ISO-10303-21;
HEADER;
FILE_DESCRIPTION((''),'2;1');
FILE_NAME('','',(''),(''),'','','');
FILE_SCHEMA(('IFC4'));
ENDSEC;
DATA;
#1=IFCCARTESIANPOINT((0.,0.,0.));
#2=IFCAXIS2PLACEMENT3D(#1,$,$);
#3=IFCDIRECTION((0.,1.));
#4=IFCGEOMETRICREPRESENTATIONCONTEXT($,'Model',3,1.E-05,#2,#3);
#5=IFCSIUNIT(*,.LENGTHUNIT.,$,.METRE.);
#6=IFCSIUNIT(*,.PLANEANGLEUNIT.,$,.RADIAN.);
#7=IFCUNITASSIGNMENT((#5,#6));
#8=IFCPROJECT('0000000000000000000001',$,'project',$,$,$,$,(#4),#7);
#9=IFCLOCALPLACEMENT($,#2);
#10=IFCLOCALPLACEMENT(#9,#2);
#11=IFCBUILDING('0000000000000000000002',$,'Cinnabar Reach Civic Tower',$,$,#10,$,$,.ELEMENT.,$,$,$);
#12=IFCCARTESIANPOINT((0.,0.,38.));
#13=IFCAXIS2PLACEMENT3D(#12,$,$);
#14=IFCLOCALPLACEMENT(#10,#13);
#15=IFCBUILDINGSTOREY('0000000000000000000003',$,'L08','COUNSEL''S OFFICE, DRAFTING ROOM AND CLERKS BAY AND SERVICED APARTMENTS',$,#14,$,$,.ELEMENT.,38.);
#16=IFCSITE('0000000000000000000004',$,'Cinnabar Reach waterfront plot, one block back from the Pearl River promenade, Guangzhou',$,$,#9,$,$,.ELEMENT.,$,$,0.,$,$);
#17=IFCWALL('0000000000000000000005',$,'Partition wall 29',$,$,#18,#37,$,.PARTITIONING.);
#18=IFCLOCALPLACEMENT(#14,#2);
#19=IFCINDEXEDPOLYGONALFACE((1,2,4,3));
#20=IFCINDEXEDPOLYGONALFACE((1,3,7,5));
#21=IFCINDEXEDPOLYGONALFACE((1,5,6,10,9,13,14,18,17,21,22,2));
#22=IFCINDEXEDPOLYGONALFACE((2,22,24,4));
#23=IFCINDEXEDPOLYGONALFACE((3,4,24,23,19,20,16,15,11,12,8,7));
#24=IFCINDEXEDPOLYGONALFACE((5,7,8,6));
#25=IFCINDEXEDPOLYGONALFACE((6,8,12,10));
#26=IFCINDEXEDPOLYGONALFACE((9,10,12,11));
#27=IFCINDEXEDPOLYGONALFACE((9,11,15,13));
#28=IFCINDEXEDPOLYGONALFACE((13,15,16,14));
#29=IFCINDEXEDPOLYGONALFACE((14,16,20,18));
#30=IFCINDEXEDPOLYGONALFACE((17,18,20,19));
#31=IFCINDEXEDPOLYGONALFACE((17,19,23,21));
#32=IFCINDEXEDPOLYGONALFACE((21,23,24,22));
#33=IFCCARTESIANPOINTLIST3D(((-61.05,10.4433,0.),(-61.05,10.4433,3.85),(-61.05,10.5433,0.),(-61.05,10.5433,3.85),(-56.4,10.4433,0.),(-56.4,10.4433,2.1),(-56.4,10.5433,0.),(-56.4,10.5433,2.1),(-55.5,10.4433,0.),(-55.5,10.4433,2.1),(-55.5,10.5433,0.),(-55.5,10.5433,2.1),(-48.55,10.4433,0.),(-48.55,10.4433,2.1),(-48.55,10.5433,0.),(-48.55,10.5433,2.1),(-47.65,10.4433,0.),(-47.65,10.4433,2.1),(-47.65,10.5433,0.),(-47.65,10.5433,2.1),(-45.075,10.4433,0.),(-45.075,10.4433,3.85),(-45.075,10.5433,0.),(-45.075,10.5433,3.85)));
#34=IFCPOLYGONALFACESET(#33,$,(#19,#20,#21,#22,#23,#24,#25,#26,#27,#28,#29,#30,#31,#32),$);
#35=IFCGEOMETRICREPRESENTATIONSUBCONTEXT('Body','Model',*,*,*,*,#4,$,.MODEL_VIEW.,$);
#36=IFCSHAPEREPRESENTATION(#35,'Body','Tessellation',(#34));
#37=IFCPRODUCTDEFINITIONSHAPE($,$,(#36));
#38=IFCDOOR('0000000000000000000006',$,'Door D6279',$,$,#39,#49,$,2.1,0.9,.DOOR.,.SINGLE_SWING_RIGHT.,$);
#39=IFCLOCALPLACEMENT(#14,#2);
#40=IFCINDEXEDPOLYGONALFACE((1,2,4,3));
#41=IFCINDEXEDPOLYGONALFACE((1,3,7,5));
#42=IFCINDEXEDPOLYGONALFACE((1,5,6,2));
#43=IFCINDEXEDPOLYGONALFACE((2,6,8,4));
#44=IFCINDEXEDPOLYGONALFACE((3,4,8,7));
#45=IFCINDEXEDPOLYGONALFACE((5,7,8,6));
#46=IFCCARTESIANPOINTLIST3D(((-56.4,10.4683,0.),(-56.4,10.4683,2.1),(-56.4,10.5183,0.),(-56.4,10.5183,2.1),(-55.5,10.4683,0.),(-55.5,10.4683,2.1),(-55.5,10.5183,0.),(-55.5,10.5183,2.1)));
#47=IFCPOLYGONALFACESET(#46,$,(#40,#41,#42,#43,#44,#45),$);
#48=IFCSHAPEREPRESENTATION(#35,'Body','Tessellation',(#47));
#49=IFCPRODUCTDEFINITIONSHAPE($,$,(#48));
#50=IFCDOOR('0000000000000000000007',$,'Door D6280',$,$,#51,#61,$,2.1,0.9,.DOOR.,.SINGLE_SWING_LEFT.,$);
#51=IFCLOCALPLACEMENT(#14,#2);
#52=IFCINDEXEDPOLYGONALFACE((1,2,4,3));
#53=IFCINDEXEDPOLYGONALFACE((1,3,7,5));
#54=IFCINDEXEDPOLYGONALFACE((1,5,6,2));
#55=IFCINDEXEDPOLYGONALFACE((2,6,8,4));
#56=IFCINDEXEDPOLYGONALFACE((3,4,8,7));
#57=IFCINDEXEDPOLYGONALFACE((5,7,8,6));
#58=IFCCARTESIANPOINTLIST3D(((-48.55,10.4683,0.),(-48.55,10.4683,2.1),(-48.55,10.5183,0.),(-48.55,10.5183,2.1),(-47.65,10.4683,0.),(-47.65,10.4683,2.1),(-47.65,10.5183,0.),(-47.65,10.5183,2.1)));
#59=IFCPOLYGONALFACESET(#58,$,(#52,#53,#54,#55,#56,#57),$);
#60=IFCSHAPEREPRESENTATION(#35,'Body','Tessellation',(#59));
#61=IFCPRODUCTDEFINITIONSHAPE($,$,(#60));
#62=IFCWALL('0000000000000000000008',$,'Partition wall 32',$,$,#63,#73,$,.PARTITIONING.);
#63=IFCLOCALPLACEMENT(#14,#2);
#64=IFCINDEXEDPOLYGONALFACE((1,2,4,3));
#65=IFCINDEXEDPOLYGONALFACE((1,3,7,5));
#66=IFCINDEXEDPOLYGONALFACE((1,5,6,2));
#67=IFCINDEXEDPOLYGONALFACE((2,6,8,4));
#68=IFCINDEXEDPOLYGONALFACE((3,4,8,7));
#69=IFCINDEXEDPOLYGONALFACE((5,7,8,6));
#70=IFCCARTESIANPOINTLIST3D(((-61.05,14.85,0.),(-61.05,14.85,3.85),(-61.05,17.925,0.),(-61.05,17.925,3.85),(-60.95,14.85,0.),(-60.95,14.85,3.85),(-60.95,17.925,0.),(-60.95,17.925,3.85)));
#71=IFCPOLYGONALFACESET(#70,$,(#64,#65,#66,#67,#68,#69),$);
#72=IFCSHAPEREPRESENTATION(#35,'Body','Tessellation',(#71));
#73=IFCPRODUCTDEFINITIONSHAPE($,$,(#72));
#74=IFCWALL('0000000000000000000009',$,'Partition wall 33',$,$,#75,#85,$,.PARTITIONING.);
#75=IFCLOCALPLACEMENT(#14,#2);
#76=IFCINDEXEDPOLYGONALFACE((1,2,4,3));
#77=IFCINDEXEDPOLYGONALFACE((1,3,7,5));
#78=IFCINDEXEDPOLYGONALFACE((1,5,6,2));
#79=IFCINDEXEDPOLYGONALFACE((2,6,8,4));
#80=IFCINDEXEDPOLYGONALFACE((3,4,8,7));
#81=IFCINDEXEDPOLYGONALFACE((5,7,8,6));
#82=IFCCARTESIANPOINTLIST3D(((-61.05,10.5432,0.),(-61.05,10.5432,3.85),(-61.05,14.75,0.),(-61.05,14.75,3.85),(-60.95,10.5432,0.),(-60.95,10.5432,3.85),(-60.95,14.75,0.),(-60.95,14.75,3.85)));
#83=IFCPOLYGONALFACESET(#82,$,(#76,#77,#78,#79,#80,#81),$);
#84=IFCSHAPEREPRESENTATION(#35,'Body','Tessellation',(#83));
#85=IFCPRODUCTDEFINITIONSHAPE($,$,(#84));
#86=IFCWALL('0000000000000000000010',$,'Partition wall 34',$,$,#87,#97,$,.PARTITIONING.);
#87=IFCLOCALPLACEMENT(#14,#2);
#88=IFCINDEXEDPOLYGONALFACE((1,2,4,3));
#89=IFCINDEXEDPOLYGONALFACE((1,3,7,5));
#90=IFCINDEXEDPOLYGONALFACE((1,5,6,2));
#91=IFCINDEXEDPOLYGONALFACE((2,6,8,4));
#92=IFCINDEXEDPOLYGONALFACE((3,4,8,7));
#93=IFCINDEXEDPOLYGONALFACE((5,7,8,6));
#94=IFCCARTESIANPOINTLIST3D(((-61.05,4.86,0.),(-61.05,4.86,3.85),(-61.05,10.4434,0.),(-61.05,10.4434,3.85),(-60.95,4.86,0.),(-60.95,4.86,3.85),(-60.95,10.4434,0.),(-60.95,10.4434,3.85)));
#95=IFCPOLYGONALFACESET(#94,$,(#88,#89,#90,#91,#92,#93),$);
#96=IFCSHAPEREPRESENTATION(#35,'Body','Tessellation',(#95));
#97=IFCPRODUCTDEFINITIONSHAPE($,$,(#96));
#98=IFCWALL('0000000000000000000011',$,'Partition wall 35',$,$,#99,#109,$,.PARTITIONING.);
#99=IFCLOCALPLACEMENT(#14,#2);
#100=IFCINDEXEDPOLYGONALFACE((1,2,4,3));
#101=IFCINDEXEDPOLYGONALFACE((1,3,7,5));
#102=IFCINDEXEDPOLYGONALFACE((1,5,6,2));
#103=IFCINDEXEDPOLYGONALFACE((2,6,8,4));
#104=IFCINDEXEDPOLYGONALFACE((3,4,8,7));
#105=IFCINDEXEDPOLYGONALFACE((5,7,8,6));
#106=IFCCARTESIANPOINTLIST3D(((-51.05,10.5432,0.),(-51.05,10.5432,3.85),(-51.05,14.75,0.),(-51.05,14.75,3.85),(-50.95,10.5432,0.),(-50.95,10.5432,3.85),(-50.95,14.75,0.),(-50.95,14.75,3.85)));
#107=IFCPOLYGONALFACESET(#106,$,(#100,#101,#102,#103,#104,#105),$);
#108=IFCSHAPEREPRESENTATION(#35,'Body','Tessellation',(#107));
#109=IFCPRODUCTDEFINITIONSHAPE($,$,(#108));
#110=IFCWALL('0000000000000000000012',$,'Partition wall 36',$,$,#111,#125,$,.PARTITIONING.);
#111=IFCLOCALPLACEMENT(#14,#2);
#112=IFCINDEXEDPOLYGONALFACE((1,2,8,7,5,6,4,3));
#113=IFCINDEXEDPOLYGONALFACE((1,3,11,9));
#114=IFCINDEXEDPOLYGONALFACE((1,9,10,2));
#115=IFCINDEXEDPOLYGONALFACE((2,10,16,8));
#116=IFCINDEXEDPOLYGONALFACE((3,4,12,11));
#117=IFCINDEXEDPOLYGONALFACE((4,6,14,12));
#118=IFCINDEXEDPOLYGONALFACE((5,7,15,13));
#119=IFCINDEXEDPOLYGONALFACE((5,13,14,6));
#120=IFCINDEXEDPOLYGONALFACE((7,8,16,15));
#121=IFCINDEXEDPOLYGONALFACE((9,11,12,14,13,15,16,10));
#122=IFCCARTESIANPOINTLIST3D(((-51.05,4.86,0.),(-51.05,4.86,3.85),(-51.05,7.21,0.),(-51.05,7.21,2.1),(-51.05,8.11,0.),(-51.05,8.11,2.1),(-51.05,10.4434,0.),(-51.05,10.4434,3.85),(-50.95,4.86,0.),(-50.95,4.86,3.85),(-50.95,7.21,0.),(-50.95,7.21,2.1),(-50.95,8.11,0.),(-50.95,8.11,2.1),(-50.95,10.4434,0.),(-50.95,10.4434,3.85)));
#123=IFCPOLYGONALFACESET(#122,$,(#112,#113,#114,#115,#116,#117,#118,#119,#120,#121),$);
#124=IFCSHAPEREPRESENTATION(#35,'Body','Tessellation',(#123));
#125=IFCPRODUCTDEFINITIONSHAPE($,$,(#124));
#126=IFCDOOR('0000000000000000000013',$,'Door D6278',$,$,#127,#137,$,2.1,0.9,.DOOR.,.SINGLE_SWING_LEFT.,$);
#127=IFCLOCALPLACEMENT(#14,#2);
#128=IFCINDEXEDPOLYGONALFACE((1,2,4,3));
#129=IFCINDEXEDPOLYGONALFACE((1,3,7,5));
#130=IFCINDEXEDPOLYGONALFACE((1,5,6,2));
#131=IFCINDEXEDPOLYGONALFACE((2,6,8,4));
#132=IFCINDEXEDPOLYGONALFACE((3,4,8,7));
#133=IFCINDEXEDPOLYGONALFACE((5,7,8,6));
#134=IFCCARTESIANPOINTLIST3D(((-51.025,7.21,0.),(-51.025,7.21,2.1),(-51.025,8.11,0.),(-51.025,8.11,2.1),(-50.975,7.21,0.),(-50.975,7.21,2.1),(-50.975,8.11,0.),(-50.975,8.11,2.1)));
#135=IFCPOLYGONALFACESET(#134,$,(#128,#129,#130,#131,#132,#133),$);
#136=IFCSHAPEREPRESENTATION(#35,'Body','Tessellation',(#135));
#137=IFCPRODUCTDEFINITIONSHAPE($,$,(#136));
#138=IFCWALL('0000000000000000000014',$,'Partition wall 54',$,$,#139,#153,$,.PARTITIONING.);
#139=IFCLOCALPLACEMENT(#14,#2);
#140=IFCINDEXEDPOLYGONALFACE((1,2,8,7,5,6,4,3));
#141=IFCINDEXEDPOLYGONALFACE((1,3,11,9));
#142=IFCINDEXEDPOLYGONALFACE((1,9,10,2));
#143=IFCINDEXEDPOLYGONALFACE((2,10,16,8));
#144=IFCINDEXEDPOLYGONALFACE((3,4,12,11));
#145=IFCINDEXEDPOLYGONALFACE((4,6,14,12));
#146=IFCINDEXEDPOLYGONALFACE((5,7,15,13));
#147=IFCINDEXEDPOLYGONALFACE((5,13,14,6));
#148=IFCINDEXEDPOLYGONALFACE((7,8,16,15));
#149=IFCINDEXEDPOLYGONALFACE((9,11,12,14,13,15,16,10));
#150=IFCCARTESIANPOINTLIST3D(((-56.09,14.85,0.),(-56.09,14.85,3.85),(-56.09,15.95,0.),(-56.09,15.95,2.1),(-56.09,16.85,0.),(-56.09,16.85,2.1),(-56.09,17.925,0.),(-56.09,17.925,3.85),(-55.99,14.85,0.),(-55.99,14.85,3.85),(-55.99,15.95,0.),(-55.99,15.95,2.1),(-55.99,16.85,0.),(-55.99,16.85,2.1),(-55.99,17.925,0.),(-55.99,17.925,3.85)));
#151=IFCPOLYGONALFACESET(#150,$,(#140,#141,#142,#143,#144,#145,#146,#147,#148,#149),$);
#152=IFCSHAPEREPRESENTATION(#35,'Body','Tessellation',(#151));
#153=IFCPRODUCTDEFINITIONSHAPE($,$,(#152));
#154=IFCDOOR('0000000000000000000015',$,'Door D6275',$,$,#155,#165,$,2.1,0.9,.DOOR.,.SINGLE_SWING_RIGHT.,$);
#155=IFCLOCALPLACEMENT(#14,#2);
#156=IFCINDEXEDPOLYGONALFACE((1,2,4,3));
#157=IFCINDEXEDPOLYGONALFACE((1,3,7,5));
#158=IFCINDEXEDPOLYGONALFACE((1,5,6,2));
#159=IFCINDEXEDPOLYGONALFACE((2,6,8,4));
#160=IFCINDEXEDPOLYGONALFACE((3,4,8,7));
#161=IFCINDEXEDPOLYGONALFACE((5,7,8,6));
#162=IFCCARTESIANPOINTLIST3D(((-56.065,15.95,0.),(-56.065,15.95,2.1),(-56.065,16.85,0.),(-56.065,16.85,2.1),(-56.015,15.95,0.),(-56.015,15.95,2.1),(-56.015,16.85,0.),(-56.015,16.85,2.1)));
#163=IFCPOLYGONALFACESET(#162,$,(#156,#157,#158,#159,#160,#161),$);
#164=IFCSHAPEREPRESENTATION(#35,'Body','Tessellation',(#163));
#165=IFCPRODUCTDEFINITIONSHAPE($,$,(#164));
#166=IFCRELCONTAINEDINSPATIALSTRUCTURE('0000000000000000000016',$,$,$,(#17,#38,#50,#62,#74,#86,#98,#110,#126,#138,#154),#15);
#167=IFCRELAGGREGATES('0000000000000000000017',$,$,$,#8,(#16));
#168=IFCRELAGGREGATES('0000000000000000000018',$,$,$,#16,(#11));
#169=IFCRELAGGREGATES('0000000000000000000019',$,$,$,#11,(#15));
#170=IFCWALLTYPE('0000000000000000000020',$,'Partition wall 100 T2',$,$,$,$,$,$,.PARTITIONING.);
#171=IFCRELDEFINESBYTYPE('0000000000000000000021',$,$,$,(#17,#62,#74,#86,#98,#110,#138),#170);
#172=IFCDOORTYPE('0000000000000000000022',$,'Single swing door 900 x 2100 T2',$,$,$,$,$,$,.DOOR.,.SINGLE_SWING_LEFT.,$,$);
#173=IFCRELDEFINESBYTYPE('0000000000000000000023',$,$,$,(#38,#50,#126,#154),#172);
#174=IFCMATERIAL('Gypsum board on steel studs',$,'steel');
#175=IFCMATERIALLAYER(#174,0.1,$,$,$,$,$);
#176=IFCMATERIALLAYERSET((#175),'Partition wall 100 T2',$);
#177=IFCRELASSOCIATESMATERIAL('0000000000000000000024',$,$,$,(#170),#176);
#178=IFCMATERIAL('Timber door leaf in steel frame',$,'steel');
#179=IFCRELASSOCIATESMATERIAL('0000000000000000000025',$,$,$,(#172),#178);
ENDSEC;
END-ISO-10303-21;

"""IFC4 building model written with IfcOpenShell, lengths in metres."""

from ifc_helpers import new_model, si_unit, direction, frame, frame_2d, origin, place, context, subcontext, project, spatial, rectangle, extrude, material, layer, layer_set, type_object, element, fill, save


model = new_model("IFC4")

# Units and contexts
model_context = context("Model", 3, precision=1e-05, world=origin(), true_north=direction((0.0, 1.0)))
body_context = subcontext(model_context, "Body", "Model", "MODEL_VIEW")
ifc_project = project(units=[si_unit("LENGTHUNIT", "METRE"), si_unit("PLANEANGLEUNIT", "RADIAN")], contexts=[model_context])

# Site, building, storey
site_placement = place(None, origin())
site = spatial("IfcSite", under=ifc_project, at=site_placement, Name="Cinnabar Reach waterfront plot, one block back from the Pearl River promenade, Guangzhou", CompositionType="ELEMENT", RefElevation=0.0)
building_placement = place(site_placement, origin())
building = spatial("IfcBuilding", under=site, at=building_placement, Name="Cinnabar Reach Civic Tower", CompositionType="ELEMENT")
storey_placement = place(building_placement, frame((0.0, 0.0, 38.0)))
storey = spatial("IfcBuildingStorey", under=building, at=storey_placement, Name="L08", Description="COUNSEL'S OFFICE, DRAFTING ROOM AND CLERKS BAY AND SERVICED APARTMENTS", CompositionType="ELEMENT", Elevation=38.0)

# Shared definitions
ifc_material_1 = material(Name="Gypsum board on steel studs", Category="steel")
ifc_layer_1 = layer(ifc_material_1, 0.1)
ifc_layer_set_1 = layer_set([ifc_layer_1], Name="Partition wall 100 T2")
wall_type_1 = type_object("IfcWallType", Name="Partition wall 100 T2", PredefinedType="PARTITIONING", material=ifc_layer_set_1)
ifc_material_2 = material(Name="Timber door leaf in steel frame", Category="steel")
door_type = type_object("IfcDoorType", Name="Single swing door 900 x 2100 T2", OperationType="SINGLE_SWING_LEFT", PredefinedType="DOOR", material=ifc_material_2)

# Wall, openings, doors
wall_1_placement = place(storey_placement, frame((-61.05, 10.4933, 0.0), z_axis=(0.0, 0.0, 1.0), x_axis=(1.0, 0.0, 0.0)))
wall_1 = element("IfcWall", 1, at=wall_1_placement, inside=storey, type_object=wall_type_1, Name="Partition wall 29", PredefinedType="PARTITIONING", context=body_context, shape_type="SweptSolid", body=[
    extrude(rectangle(XDim=15.975, YDim=0.1, at=frame_2d((7.9875, 0.0))), origin(), (0.0, 0.0, 1.0), 3.85),
])
opening_1_placement = place(wall_1_placement, frame((4.65, 0.0, 0.0)))
opening_1 = element("IfcOpeningElement", 2, at=opening_1_placement, cuts=wall_1, PredefinedType="OPENING", context=body_context, shape_type="SweptSolid", body=[
    extrude(rectangle(XDim=0.9, YDim=2.1, at=frame_2d((0.45, 1.05))), frame((0.0, 0.06, 0.0), z_axis=(0.0, -1.0, 0.0), x_axis=(1.0, 0.0, 0.0)), (0.0, 0.0, 1.0), 0.12),
])
opening_2_placement = place(wall_1_placement, frame((12.5, 0.0, 0.0)))
opening_2 = element("IfcOpeningElement", 3, at=opening_2_placement, cuts=wall_1, PredefinedType="OPENING", context=body_context, shape_type="SweptSolid", body=[
    extrude(rectangle(XDim=0.9, YDim=2.1, at=frame_2d((0.45, 1.05))), frame((0.0, 0.06, 0.0), z_axis=(0.0, -1.0, 0.0), x_axis=(1.0, 0.0, 0.0)), (0.0, 0.0, 1.0), 0.12),
])
door_1_placement = place(opening_1_placement, origin())
door_1 = element("IfcDoor", 4, at=door_1_placement, inside=storey, type_object=door_type, Name="Door D6279", OperationType="SINGLE_SWING_RIGHT", OverallHeight=2.1, OverallWidth=0.9, PredefinedType="DOOR", context=body_context, shape_type="SweptSolid", body=[
    extrude(rectangle(XDim=0.9, YDim=2.1, at=frame_2d((0.45, 1.05))), frame((0.0, 0.025, 0.0), z_axis=(0.0, -1.0, 0.0), x_axis=(1.0, 0.0, 0.0)), (0.0, 0.0, 1.0), 0.05),
])
fill(opening_1, door_1)
door_2_placement = place(opening_2_placement, frame((0.9, 0.0, 0.0), z_axis=(0.0, 0.0, 1.0), x_axis=(-1.0, 0.0, 0.0)))
door_2 = element("IfcDoor", 5, at=door_2_placement, inside=storey, type_object=door_type, Name="Door D6280", OperationType="SINGLE_SWING_LEFT", OverallHeight=2.1, OverallWidth=0.9, PredefinedType="DOOR", context=body_context, shape_type="SweptSolid", body=[
    extrude(rectangle(XDim=0.9, YDim=2.1, at=frame_2d((0.45, 1.05))), frame((0.0, 0.025, 0.0), z_axis=(0.0, -1.0, 0.0), x_axis=(1.0, 0.0, 0.0)), (0.0, 0.0, 1.0), 0.05),
])
fill(opening_2, door_2)

# Walls
wall_2_placement = place(storey_placement, frame((-61.0, 14.85, 0.0), z_axis=(0.0, 0.0, 1.0), x_axis=(0.0, 1.0, 0.0)))
element("IfcWall", 6, at=wall_2_placement, inside=storey, type_object=wall_type_1, Name="Partition wall 32", PredefinedType="PARTITIONING", context=body_context, shape_type="SweptSolid", body=[
    extrude(rectangle(XDim=3.075, YDim=0.1, at=frame_2d((1.5375, 0.0))), origin(), (0.0, 0.0, 1.0), 3.85),
])
wall_3_placement = place(storey_placement, frame((-61.0, 10.5433, 0.0), z_axis=(0.0, 0.0, 1.0), x_axis=(0.0, 1.0, 0.0)))
element("IfcWall", 7, at=wall_3_placement, inside=storey, type_object=wall_type_1, Name="Partition wall 33", PredefinedType="PARTITIONING", context=body_context, shape_type="SweptSolid", body=[
    extrude(rectangle(XDim=4.2067, YDim=0.1, at=frame_2d((2.1033, 0.0))), origin(), (0.0, 0.0, 1.0), 3.85),
])
wall_4_placement = place(storey_placement, frame((-61.0, 4.86, 0.0), z_axis=(0.0, 0.0, 1.0), x_axis=(0.0, 1.0, 0.0)))
element("IfcWall", 8, at=wall_4_placement, inside=storey, type_object=wall_type_1, Name="Partition wall 34", PredefinedType="PARTITIONING", context=body_context, shape_type="SweptSolid", body=[
    extrude(rectangle(XDim=5.5833, YDim=0.1, at=frame_2d((2.7917, 0.0))), origin(), (0.0, 0.0, 1.0), 3.85),
])
wall_5_placement = place(storey_placement, frame((-51.0, 10.5433, 0.0), z_axis=(0.0, 0.0, 1.0), x_axis=(0.0, 1.0, 0.0)))
element("IfcWall", 9, at=wall_5_placement, inside=storey, type_object=wall_type_1, Name="Partition wall 35", PredefinedType="PARTITIONING", context=body_context, shape_type="SweptSolid", body=[
    extrude(rectangle(XDim=4.2067, YDim=0.1, at=frame_2d((2.1033, 0.0))), origin(), (0.0, 0.0, 1.0), 3.85),
])

# Walls, openings, doors
wall_6_placement = place(storey_placement, frame((-51.0, 4.86, 0.0), z_axis=(0.0, 0.0, 1.0), x_axis=(0.0, 1.0, 0.0)))
wall_6 = element("IfcWall", 10, at=wall_6_placement, inside=storey, type_object=wall_type_1, Name="Partition wall 36", PredefinedType="PARTITIONING", context=body_context, shape_type="SweptSolid", body=[
    extrude(rectangle(XDim=5.5833, YDim=0.1, at=frame_2d((2.7917, 0.0))), origin(), (0.0, 0.0, 1.0), 3.85),
])
opening_3_placement = place(wall_6_placement, frame((2.35, 0.0, 0.0)))
opening_3 = element("IfcOpeningElement", 11, at=opening_3_placement, cuts=wall_6, PredefinedType="OPENING", context=body_context, shape_type="SweptSolid", body=[
    extrude(rectangle(XDim=0.9, YDim=2.1, at=frame_2d((0.45, 1.05))), frame((0.0, 0.06, 0.0), z_axis=(0.0, -1.0, 0.0), x_axis=(1.0, 0.0, 0.0)), (0.0, 0.0, 1.0), 0.12),
])
door_3_placement = place(opening_3_placement, frame((0.9, 0.0, 0.0), z_axis=(0.0, 0.0, 1.0), x_axis=(-1.0, 0.0, 0.0)))
door_3 = element("IfcDoor", 12, at=door_3_placement, inside=storey, type_object=door_type, Name="Door D6278", OperationType="SINGLE_SWING_LEFT", OverallHeight=2.1, OverallWidth=0.9, PredefinedType="DOOR", context=body_context, shape_type="SweptSolid", body=[
    extrude(rectangle(XDim=0.9, YDim=2.1, at=frame_2d((0.45, 1.05))), frame((0.0, 0.025, 0.0), z_axis=(0.0, -1.0, 0.0), x_axis=(1.0, 0.0, 0.0)), (0.0, 0.0, 1.0), 0.05),
])
fill(opening_3, door_3)
wall_7_placement = place(storey_placement, frame((-56.04, 14.85, 0.0), z_axis=(0.0, 0.0, 1.0), x_axis=(0.0, 1.0, 0.0)))
wall_7 = element("IfcWall", 13, at=wall_7_placement, inside=storey, type_object=wall_type_1, Name="Partition wall 54", PredefinedType="PARTITIONING", context=body_context, shape_type="SweptSolid", body=[
    extrude(rectangle(XDim=3.075, YDim=0.1, at=frame_2d((1.5375, 0.0))), origin(), (0.0, 0.0, 1.0), 3.85),
])
opening_4_placement = place(wall_7_placement, frame((1.1, 0.0, 0.0)))
opening_4 = element("IfcOpeningElement", 14, at=opening_4_placement, cuts=wall_7, PredefinedType="OPENING", context=body_context, shape_type="SweptSolid", body=[
    extrude(rectangle(XDim=0.9, YDim=2.1, at=frame_2d((0.45, 1.05))), frame((0.0, 0.06, 0.0), z_axis=(0.0, -1.0, 0.0), x_axis=(1.0, 0.0, 0.0)), (0.0, 0.0, 1.0), 0.12),
])
door_4_placement = place(opening_4_placement, origin())
door_4 = element("IfcDoor", 15, at=door_4_placement, inside=storey, type_object=door_type, Name="Door D6275", OperationType="SINGLE_SWING_RIGHT", OverallHeight=2.1, OverallWidth=0.9, PredefinedType="DOOR", context=body_context, shape_type="SweptSolid", body=[
    extrude(rectangle(XDim=0.9, YDim=2.1, at=frame_2d((0.45, 1.05))), frame((0.0, 0.025, 0.0), z_axis=(0.0, -1.0, 0.0), x_axis=(1.0, 0.0, 0.0)), (0.0, 0.0, 1.0), 0.05),
])
fill(opening_4, door_4)

save(model, "model.ifc")
